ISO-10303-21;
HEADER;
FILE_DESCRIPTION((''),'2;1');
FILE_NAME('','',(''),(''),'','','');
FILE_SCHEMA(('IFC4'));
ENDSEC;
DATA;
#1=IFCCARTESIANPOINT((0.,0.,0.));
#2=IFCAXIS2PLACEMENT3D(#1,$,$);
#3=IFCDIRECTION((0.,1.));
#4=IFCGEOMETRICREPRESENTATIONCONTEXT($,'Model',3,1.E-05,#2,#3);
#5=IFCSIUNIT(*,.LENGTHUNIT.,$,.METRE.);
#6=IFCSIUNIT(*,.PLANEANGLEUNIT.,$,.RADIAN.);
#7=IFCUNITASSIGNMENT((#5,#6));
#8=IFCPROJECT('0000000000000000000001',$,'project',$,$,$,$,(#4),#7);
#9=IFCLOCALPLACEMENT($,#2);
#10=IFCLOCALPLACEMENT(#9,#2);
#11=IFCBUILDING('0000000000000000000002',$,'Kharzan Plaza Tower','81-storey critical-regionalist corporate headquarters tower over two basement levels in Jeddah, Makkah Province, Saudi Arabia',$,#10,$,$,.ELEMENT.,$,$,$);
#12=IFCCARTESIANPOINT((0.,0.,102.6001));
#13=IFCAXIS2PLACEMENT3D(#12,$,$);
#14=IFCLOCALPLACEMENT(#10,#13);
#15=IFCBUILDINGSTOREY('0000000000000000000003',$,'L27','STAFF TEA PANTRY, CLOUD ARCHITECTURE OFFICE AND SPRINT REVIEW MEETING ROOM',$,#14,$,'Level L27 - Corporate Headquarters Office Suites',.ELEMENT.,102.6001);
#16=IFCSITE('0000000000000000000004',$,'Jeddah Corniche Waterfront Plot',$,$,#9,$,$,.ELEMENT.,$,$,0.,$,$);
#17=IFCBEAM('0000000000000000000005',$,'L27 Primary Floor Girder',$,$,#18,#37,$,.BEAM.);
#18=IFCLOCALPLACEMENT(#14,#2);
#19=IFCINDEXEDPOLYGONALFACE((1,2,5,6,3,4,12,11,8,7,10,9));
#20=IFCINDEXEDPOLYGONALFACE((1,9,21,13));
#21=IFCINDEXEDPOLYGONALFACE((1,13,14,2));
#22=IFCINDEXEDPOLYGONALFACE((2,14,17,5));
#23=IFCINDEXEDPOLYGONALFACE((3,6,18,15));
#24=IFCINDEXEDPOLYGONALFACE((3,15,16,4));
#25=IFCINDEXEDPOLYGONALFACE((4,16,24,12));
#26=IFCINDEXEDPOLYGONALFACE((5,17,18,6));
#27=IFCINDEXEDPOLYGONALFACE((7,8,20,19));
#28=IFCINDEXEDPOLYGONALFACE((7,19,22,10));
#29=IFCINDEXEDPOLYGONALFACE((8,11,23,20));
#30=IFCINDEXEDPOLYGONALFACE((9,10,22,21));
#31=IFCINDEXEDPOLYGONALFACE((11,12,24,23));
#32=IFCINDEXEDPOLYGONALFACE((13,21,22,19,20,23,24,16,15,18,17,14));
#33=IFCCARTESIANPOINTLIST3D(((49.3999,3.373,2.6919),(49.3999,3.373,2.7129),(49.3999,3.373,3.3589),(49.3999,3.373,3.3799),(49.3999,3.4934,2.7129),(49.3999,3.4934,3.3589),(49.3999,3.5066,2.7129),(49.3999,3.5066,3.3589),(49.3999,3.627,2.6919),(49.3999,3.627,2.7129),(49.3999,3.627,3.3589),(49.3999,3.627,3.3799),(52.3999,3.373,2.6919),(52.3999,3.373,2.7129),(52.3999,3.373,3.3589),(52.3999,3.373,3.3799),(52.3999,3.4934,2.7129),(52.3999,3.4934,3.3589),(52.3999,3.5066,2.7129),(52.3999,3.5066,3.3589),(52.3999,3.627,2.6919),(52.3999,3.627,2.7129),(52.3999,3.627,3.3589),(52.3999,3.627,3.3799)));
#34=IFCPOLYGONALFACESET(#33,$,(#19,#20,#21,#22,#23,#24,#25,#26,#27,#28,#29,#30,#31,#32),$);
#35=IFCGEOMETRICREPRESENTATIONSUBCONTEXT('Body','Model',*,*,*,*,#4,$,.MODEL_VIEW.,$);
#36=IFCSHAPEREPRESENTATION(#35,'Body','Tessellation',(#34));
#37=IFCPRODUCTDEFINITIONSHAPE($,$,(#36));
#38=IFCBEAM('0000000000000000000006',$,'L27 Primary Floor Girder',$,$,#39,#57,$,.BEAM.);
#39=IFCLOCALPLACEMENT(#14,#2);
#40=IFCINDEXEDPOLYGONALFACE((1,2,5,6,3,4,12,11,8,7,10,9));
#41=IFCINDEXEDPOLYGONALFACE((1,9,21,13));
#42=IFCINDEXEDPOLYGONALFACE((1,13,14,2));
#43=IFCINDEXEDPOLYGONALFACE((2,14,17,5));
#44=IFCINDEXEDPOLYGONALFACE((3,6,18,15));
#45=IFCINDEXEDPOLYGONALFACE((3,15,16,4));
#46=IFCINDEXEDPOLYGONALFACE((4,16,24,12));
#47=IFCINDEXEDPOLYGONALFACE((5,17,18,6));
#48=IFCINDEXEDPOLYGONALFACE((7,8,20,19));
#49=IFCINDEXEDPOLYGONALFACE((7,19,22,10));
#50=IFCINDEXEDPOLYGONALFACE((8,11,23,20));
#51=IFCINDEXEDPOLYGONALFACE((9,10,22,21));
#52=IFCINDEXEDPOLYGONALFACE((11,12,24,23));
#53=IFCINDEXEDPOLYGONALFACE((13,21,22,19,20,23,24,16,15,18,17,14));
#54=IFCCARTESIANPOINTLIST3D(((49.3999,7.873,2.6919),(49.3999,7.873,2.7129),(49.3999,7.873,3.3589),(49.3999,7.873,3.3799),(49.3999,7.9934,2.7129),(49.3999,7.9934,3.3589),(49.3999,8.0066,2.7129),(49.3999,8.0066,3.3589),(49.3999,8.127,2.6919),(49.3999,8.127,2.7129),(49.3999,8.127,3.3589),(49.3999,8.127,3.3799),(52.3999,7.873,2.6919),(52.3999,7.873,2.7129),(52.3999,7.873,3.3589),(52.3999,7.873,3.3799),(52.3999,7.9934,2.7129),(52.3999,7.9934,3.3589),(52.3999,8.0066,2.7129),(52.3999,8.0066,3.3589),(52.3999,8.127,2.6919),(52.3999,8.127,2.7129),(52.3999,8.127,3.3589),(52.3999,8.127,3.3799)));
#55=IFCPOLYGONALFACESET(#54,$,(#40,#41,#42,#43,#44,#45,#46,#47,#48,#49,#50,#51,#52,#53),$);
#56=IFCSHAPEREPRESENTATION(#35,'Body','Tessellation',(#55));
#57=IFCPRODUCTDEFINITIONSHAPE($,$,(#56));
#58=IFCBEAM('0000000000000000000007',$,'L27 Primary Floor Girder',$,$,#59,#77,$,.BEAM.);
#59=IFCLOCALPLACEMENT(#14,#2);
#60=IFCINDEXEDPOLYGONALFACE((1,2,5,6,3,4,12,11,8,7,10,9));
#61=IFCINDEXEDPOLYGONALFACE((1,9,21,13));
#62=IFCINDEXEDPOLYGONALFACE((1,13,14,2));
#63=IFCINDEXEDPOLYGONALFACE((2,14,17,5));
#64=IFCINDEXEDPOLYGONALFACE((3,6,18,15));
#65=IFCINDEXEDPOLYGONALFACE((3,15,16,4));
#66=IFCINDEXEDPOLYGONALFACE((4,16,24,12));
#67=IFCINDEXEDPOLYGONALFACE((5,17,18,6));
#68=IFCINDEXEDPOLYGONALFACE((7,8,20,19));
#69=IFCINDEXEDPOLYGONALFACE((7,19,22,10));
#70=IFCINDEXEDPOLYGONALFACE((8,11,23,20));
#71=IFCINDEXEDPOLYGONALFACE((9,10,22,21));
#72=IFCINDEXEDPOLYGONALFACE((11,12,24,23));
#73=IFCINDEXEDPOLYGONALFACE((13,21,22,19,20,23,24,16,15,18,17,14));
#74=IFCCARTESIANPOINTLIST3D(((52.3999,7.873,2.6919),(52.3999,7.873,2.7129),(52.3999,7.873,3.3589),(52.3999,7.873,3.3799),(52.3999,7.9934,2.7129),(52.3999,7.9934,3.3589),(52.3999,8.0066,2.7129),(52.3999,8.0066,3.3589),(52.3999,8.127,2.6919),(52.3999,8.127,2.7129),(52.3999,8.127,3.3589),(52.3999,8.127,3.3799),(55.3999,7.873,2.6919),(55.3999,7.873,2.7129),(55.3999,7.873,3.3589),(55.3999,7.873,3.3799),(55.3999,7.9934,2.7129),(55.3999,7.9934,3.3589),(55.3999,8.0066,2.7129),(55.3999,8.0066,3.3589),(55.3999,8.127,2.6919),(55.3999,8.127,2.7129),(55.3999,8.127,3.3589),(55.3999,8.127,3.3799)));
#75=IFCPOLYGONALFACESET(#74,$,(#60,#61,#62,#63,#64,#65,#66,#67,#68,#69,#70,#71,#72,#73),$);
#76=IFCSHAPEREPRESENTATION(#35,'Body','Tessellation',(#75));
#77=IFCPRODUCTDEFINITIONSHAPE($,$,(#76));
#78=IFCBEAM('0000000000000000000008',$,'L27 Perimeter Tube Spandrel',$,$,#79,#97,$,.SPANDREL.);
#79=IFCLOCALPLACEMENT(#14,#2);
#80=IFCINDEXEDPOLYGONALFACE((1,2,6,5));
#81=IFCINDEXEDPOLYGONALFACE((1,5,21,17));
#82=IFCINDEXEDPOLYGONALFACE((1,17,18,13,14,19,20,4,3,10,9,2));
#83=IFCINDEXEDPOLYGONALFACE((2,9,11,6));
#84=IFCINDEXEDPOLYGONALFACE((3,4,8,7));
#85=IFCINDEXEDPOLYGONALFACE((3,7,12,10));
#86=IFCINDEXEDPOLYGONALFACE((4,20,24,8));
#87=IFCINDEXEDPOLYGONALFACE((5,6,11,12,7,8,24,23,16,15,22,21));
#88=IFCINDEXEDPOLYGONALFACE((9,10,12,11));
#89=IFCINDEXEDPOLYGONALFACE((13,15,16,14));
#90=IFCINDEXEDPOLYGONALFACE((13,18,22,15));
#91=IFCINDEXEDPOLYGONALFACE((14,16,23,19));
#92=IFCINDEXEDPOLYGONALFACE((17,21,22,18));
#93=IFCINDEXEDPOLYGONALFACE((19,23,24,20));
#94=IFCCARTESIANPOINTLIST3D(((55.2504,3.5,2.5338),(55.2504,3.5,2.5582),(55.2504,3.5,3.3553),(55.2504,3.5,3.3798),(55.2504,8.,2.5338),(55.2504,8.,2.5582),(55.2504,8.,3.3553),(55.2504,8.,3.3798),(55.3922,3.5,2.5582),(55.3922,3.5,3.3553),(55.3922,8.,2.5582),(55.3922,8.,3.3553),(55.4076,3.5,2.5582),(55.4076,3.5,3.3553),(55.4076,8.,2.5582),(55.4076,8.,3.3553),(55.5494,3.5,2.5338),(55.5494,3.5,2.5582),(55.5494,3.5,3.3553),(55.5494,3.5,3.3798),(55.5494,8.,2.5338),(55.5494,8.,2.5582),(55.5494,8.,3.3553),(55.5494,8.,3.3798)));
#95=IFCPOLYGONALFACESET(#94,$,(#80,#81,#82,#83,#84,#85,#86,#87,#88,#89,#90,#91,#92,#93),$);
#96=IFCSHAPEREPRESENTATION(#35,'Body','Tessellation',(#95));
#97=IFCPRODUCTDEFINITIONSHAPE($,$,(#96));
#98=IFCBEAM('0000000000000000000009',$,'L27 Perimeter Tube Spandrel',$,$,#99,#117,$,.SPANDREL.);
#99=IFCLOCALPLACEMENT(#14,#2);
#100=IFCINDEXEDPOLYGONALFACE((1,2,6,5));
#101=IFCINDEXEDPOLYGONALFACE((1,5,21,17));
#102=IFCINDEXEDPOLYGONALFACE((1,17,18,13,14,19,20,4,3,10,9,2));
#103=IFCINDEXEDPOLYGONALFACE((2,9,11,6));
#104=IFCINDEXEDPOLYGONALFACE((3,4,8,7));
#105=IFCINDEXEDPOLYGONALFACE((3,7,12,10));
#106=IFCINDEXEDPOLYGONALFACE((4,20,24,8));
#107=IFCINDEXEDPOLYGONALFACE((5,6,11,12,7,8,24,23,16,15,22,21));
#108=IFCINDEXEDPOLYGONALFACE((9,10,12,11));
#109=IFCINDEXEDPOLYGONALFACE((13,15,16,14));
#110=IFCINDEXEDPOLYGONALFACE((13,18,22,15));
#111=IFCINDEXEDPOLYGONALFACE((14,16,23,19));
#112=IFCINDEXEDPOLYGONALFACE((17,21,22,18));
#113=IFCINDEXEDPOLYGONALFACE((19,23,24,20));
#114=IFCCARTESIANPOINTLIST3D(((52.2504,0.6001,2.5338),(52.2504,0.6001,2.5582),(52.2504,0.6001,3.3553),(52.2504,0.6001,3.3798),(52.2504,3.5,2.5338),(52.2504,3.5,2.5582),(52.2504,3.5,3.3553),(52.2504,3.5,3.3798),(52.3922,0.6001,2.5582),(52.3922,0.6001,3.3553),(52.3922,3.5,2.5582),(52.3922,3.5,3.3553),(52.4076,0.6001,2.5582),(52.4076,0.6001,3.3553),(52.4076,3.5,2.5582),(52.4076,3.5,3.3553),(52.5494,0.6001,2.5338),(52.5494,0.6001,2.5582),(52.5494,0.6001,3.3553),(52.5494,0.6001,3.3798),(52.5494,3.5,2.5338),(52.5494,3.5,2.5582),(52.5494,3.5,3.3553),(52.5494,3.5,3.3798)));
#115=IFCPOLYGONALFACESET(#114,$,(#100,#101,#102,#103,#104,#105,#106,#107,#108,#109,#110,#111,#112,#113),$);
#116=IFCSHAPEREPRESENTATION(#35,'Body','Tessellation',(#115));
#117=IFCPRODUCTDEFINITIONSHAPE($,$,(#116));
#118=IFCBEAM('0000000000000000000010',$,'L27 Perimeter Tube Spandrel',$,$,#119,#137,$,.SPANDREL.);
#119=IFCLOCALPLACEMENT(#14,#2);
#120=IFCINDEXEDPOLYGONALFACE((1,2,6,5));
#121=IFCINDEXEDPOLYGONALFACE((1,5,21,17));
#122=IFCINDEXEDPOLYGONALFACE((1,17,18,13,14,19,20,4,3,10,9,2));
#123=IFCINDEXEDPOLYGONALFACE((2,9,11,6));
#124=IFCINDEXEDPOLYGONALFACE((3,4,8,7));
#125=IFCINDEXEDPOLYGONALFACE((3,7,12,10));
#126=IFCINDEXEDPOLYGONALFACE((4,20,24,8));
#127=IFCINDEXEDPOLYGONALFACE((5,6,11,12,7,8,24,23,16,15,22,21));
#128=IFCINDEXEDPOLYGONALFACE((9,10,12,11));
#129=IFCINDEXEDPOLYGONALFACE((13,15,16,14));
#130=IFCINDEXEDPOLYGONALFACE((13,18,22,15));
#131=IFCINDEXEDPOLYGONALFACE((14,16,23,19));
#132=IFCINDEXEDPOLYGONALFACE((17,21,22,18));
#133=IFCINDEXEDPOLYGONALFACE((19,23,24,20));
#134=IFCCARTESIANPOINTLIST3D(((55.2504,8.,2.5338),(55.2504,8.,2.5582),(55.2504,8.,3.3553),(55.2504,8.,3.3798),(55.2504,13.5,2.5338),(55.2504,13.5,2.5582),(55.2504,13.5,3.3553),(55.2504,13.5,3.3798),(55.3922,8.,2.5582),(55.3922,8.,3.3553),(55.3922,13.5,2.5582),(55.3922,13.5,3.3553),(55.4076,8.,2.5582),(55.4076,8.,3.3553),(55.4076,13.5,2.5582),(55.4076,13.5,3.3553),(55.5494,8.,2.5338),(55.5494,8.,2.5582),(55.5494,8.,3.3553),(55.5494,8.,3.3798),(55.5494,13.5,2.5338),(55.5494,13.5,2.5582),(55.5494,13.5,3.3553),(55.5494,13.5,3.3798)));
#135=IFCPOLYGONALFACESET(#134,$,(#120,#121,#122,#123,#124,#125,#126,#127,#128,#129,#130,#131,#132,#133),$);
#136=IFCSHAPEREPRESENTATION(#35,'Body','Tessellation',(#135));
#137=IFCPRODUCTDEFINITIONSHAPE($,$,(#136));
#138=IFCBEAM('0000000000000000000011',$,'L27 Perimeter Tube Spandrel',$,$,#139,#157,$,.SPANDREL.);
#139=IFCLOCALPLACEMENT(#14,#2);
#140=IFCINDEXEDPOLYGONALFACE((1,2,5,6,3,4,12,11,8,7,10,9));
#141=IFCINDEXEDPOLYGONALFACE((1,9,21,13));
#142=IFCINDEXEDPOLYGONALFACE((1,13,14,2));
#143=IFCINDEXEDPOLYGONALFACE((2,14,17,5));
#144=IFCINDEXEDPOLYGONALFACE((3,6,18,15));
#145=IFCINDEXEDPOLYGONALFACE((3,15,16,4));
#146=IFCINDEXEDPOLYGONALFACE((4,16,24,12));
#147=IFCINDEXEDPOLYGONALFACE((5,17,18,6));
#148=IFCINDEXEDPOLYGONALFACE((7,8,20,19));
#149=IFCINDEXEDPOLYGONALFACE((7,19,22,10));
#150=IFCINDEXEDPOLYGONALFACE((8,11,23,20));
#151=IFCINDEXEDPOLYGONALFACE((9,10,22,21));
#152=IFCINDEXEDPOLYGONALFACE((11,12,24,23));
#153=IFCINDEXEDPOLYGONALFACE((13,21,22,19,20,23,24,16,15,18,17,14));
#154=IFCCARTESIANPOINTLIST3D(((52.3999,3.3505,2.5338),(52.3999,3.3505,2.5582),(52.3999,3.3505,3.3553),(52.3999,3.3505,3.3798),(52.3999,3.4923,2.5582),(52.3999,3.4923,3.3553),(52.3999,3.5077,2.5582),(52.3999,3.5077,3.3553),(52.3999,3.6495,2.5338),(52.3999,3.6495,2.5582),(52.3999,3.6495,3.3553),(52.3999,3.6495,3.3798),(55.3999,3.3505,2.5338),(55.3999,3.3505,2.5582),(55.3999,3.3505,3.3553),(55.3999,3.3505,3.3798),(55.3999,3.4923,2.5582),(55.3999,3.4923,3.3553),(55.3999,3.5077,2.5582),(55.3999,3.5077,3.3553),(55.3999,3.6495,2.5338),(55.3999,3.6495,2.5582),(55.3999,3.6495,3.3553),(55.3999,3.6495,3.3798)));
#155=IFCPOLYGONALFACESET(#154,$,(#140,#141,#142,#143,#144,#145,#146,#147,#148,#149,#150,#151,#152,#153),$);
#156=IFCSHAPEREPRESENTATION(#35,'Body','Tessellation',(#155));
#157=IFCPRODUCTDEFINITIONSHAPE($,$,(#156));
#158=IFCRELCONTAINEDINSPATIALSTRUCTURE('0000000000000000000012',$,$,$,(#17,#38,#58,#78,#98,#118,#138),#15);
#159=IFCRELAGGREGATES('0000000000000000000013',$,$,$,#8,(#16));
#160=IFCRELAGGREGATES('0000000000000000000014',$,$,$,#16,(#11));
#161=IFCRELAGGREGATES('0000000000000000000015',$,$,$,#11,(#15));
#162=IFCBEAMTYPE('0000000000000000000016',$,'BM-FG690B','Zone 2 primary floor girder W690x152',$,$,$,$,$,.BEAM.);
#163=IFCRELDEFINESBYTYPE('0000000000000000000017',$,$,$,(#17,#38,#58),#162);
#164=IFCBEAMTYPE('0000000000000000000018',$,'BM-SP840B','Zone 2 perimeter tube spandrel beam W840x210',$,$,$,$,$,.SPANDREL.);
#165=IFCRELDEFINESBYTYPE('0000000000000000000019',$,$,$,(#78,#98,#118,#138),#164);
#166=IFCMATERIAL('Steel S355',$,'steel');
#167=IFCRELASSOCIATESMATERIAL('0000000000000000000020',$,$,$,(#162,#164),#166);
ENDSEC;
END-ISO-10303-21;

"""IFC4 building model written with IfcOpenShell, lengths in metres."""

from ifc_helpers import new_model, si_unit, direction, frame, origin, origin_2d, place, context, subcontext, project, spatial, i_section, extrude, source, transform, mapped, material, material_profile, profile_set, type_object, element, save


model = new_model("IFC4")

# Units and contexts
model_context = context("Model", 3, precision=1e-05, world=origin(), true_north=direction((0.0, 1.0)))
body_context = subcontext(model_context, "Body", "Model", "MODEL_VIEW")
ifc_project = project(units=[si_unit("LENGTHUNIT", "METRE"), si_unit("PLANEANGLEUNIT", "RADIAN")], contexts=[model_context])

# Site, building, storey
site_placement = place(None, origin())
site = spatial("IfcSite", under=ifc_project, at=site_placement, Name="Jeddah Corniche Waterfront Plot", CompositionType="ELEMENT", RefElevation=0.0)
building_placement = place(site_placement, origin())
building = spatial("IfcBuilding", under=site, at=building_placement, Name="Kharzan Plaza Tower", Description="81-storey critical-regionalist corporate headquarters tower over two basement levels in Jeddah, Makkah Province, Saudi Arabia", CompositionType="ELEMENT")
storey_placement = place(building_placement, frame((0.0, 0.0, 102.6001)))
storey = spatial("IfcBuildingStorey", under=building, at=storey_placement, Name="L27", Description="STAFF TEA PANTRY, CLOUD ARCHITECTURE OFFICE AND SPRINT REVIEW MEETING ROOM", LongName="Level L27 - Corporate Headquarters Office Suites", CompositionType="ELEMENT", Elevation=102.6001)

# Beams
ifc_material_1 = material(Name="Steel S355", Category="steel")
ifc_material_profile_1 = material_profile(ifc_material_1, i_section(OverallWidth=0.2539, OverallDepth=0.688, WebThickness=0.0132, FlangeThickness=0.021, at=origin_2d()), Name="W690x152")
ifc_profile_set_1 = profile_set([ifc_material_profile_1], Name="Steel S355")
beam_type_1 = type_object("IfcBeamType", Name="BM-FG690B", Description="Zone 2 primary floor girder W690x152", PredefinedType="BEAM", material=ifc_profile_set_1)
shared_shape_1 = source(origin(), body_context, "Body", "SweptSolid", [
    extrude(i_section(OverallWidth=0.2539, OverallDepth=0.688, WebThickness=0.0132, FlangeThickness=0.021, at=origin_2d()), origin(), (0.0, 0.0, 1.0), 3.0),
])
for number, where, z_axis, x_axis, name in (
    (1, (49.3999, 3.5, 3.0359), (1.0, 0.0, 0.0), (0.0, 1.0, 0.0), "L27 Primary Floor Girder"),
    (2, (49.3999, 8.0, 3.0359), (1.0, 0.0, 0.0), (0.0, 1.0, 0.0), "L27 Primary Floor Girder"),
    (3, (52.3999, 8.0, 3.0359), (1.0, 0.0, 0.0), (0.0, 1.0, 0.0), "L27 Primary Floor Girder"),
):
    element("IfcBeam", number, at=place(storey_placement, frame(where, z_axis=z_axis, x_axis=x_axis)), inside=storey, type_object=beam_type_1, Name=name, PredefinedType="BEAM", context=body_context, shape_type="MappedRepresentation", body=[
        mapped(shared_shape_1, transform((0.0, 0.0, 0.0), x_axis=(1.0, 0.0, 0.0), y_axis=(0.0, 1.0, 0.0), z_axis=(0.0, 0.0, 1.0))),
    ])
ifc_material_profile_2 = material_profile(ifc_material_1, i_section(OverallWidth=0.2991, OverallDepth=0.8459, WebThickness=0.0154, FlangeThickness=0.0244, at=origin_2d()), Name="W840x210")
ifc_profile_set_2 = profile_set([ifc_material_profile_2], Name="Steel S355")
beam_type_2 = type_object("IfcBeamType", Name="BM-SP840B", Description="Zone 2 perimeter tube spandrel beam W840x210", PredefinedType="SPANDREL", material=ifc_profile_set_2)
shared_shape_2 = source(origin(), body_context, "Body", "SweptSolid", [
    extrude(i_section(OverallWidth=0.2991, OverallDepth=0.8459, WebThickness=0.0154, FlangeThickness=0.0244, at=origin_2d()), origin(), (0.0, 0.0, 1.0), 4.5),
])
beam_1_placement = place(storey_placement, frame((55.3999, 3.5, 2.9568), z_axis=(0.0, 1.0, 0.0), x_axis=(-1.0, 0.0, 0.0)))
element("IfcBeam", 4, at=beam_1_placement, inside=storey, type_object=beam_type_2, Name="L27 Perimeter Tube Spandrel", PredefinedType="SPANDREL", context=body_context, shape_type="MappedRepresentation", body=[
    mapped(shared_shape_2, transform((0.0, 0.0, 0.0), x_axis=(1.0, 0.0, 0.0), y_axis=(0.0, 1.0, 0.0), z_axis=(0.0, 0.0, 1.0))),
])
shared_shape_3 = source(origin(), body_context, "Body", "SweptSolid", [
    extrude(i_section(OverallWidth=0.2991, OverallDepth=0.8459, WebThickness=0.0154, FlangeThickness=0.0244, at=origin_2d()), origin(), (0.0, 0.0, 1.0), 2.8999),
])
beam_2_placement = place(storey_placement, frame((52.3999, 0.6001, 2.9568), z_axis=(0.0, 1.0, 0.0), x_axis=(-1.0, 0.0, 0.0)))
element("IfcBeam", 5, at=beam_2_placement, inside=storey, type_object=beam_type_2, Name="L27 Perimeter Tube Spandrel", PredefinedType="SPANDREL", context=body_context, shape_type="MappedRepresentation", body=[
    mapped(shared_shape_3, transform((0.0, 0.0, 0.0), x_axis=(1.0, 0.0, 0.0), y_axis=(0.0, 1.0, 0.0), z_axis=(0.0, 0.0, 1.0))),
])
shared_shape_4 = source(origin(), body_context, "Body", "SweptSolid", [
    extrude(i_section(OverallWidth=0.2991, OverallDepth=0.8459, WebThickness=0.0154, FlangeThickness=0.0244, at=origin_2d()), origin(), (0.0, 0.0, 1.0), 5.5),
])
beam_3_placement = place(storey_placement, frame((55.3999, 8.0, 2.9568), z_axis=(0.0, 1.0, 0.0), x_axis=(-1.0, 0.0, 0.0)))
element("IfcBeam", 6, at=beam_3_placement, inside=storey, type_object=beam_type_2, Name="L27 Perimeter Tube Spandrel", PredefinedType="SPANDREL", context=body_context, shape_type="MappedRepresentation", body=[
    mapped(shared_shape_4, transform((0.0, 0.0, 0.0), x_axis=(1.0, 0.0, 0.0), y_axis=(0.0, 1.0, 0.0), z_axis=(0.0, 0.0, 1.0))),
])
shared_shape_5 = source(origin(), body_context, "Body", "SweptSolid", [
    extrude(i_section(OverallWidth=0.2991, OverallDepth=0.8459, WebThickness=0.0154, FlangeThickness=0.0244, at=origin_2d()), origin(), (0.0, 0.0, 1.0), 3.0),
])
beam_4_placement = place(storey_placement, frame((52.3999, 3.5, 2.9568), z_axis=(1.0, 0.0, 0.0), x_axis=(0.0, 1.0, 0.0)))
element("IfcBeam", 7, at=beam_4_placement, inside=storey, type_object=beam_type_2, Name="L27 Perimeter Tube Spandrel", PredefinedType="SPANDREL", context=body_context, shape_type="MappedRepresentation", body=[
    mapped(shared_shape_5, transform((0.0, 0.0, 0.0), x_axis=(1.0, 0.0, 0.0), y_axis=(0.0, 1.0, 0.0), z_axis=(0.0, 0.0, 1.0))),
])

save(model, "model.ifc")
